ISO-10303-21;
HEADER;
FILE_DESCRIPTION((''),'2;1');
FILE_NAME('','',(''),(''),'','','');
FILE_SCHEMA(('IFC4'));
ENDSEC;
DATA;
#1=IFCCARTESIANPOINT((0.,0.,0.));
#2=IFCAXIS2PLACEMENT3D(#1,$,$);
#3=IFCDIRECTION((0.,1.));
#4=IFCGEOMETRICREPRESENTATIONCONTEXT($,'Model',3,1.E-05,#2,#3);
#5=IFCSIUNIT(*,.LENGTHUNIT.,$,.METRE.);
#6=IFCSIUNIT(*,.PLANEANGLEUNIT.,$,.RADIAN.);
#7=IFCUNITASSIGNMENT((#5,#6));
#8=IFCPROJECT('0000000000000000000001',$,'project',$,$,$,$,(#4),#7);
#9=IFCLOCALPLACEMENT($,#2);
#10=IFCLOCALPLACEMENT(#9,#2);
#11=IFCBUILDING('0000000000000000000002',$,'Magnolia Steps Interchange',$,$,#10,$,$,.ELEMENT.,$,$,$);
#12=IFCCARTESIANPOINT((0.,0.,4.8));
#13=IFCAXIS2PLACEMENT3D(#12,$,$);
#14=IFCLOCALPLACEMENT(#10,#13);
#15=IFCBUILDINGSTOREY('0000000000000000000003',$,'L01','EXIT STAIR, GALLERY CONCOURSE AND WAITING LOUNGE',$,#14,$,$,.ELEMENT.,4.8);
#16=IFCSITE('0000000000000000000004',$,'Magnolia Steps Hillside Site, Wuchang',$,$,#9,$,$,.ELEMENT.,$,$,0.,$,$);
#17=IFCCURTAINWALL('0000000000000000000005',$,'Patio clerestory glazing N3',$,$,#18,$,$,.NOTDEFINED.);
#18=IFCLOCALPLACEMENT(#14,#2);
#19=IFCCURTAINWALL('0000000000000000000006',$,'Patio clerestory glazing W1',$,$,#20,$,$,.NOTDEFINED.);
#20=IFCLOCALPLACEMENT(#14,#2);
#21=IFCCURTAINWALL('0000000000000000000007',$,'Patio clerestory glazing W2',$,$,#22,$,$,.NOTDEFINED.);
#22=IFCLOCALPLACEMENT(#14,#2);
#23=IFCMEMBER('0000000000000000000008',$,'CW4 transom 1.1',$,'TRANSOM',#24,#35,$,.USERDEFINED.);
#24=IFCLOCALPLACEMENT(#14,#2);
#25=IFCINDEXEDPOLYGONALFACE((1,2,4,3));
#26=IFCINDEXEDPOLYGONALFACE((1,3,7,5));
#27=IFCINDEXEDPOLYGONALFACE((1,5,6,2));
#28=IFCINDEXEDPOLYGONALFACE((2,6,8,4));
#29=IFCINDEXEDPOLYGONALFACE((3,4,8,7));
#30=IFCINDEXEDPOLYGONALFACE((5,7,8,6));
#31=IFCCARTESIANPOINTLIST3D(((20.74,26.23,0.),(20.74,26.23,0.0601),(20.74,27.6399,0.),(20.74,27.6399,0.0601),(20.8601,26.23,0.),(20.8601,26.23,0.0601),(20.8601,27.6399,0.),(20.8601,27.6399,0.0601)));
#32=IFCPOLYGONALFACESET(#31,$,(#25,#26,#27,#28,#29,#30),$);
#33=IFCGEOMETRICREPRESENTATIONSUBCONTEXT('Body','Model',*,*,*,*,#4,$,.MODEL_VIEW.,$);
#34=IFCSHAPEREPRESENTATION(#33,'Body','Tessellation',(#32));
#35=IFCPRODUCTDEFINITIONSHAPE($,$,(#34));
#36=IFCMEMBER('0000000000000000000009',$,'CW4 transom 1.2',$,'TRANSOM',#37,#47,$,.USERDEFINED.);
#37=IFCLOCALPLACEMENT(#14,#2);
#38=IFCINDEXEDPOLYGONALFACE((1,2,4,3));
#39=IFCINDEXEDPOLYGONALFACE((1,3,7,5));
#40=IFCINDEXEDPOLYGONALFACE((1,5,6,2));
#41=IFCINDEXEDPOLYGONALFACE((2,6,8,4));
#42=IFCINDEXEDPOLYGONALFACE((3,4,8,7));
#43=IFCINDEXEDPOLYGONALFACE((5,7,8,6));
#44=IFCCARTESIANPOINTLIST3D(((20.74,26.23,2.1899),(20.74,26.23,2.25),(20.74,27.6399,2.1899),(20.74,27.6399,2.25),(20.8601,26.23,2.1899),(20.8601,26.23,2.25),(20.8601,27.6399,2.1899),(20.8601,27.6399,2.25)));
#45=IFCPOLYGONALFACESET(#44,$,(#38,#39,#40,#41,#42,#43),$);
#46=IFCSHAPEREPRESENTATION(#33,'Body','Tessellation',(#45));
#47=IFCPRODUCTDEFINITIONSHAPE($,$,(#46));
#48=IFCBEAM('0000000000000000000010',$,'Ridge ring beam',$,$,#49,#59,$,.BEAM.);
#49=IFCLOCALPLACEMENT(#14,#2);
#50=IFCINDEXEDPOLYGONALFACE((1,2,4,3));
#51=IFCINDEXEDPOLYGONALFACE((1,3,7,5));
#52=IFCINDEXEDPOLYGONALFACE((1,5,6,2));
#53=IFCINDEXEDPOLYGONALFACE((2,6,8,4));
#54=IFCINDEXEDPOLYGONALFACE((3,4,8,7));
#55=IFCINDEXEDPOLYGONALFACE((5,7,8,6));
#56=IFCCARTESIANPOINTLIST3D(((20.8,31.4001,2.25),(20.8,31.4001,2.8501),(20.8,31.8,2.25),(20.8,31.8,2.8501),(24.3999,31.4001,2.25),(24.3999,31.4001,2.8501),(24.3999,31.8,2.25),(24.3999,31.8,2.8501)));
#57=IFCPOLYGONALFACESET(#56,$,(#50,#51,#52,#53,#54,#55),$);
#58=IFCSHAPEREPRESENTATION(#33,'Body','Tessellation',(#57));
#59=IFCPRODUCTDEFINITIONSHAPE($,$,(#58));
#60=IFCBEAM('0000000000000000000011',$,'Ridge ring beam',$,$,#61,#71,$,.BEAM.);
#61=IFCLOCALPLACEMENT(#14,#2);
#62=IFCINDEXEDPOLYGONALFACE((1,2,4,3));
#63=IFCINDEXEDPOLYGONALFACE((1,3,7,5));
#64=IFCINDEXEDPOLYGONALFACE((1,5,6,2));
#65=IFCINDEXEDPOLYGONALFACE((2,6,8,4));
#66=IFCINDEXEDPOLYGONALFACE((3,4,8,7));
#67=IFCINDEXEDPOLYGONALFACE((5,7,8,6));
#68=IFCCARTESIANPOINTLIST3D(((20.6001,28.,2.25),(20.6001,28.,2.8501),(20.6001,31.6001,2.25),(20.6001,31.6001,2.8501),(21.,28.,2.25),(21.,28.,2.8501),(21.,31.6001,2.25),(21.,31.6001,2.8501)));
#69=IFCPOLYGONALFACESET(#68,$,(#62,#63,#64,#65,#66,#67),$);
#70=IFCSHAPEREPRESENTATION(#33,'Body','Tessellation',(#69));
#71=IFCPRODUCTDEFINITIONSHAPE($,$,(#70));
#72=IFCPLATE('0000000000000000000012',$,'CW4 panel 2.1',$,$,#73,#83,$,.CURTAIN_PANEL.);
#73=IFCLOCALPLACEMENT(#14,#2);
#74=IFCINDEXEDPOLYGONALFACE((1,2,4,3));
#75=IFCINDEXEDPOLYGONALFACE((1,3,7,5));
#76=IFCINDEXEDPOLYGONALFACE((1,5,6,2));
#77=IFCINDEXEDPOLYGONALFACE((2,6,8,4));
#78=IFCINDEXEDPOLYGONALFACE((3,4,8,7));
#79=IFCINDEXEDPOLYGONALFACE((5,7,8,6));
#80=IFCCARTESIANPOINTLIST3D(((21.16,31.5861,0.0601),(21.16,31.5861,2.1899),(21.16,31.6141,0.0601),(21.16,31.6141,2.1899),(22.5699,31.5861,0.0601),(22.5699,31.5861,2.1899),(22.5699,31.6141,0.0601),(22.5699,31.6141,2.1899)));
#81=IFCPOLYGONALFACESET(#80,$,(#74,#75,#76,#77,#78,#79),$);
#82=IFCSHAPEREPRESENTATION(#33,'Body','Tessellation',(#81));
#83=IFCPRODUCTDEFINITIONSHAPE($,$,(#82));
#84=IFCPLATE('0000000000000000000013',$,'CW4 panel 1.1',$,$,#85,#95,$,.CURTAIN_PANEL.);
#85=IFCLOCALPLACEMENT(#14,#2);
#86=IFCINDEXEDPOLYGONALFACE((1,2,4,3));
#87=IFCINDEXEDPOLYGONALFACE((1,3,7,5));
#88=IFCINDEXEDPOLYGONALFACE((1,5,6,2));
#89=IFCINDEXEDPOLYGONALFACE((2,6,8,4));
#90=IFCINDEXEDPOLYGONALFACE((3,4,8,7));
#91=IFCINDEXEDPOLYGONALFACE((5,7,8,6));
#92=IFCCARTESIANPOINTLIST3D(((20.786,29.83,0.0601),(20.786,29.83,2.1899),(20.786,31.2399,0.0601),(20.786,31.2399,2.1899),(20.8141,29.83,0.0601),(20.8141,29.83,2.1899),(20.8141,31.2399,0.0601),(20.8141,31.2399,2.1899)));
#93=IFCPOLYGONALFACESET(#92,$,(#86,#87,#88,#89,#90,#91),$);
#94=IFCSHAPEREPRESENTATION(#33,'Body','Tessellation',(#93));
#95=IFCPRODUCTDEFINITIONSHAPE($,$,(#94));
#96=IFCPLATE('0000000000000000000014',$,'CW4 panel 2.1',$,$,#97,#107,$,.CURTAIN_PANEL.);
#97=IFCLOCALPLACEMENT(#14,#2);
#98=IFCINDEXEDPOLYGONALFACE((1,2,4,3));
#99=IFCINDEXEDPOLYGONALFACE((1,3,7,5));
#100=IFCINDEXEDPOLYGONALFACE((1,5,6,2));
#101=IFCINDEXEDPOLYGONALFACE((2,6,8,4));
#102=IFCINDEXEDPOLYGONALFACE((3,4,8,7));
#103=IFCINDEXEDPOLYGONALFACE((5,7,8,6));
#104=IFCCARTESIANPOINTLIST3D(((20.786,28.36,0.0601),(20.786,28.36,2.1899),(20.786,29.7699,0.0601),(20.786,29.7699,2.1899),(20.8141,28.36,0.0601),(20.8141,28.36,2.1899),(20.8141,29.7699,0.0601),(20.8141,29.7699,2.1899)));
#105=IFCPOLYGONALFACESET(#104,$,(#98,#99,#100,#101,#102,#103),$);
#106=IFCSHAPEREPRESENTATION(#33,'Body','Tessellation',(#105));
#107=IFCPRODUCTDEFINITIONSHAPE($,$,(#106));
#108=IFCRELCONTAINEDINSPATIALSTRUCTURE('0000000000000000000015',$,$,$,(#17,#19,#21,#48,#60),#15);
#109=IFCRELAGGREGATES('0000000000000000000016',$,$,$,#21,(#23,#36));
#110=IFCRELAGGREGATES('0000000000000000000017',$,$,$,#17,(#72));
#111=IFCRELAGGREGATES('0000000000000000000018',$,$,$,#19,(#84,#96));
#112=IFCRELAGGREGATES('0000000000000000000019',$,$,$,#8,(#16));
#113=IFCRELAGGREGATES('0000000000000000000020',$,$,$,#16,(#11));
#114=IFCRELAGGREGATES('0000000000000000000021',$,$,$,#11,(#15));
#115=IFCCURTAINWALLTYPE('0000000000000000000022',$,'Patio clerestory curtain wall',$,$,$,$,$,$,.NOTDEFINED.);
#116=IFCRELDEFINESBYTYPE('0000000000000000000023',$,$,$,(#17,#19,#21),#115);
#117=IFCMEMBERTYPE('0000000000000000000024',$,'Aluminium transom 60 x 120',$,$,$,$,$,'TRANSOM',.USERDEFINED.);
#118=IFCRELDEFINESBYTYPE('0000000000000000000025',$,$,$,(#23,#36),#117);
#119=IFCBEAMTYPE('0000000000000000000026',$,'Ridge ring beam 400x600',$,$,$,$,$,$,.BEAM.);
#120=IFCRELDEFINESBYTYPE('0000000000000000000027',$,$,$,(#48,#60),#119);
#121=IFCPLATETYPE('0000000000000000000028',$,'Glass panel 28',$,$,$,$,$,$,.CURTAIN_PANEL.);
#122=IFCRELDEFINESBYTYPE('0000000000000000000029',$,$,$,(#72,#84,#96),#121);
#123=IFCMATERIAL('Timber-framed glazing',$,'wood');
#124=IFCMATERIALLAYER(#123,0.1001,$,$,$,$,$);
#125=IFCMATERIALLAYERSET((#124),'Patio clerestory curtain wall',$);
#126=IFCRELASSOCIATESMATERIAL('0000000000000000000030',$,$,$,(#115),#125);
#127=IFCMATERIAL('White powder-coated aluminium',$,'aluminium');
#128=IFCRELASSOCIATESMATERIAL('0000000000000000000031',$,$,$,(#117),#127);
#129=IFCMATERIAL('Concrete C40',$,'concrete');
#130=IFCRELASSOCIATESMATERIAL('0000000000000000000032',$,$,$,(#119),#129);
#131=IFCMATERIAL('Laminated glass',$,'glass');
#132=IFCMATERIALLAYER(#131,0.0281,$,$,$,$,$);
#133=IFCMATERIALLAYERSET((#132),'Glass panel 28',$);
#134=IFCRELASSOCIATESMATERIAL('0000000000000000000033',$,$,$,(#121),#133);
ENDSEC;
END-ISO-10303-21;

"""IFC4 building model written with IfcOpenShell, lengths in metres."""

from ifc_helpers import new_model, si_unit, direction, frame, origin, origin_2d, place, context, subcontext, project, spatial, rectangle, extrude, material, layer, layer_set, material_profile, profile_set, type_object, element, aggregate, save


model = new_model("IFC4")

# Units and contexts
model_context = context("Model", 3, precision=1e-05, world=origin(), true_north=direction((0.0, 1.0)))
body_context = subcontext(model_context, "Body", "Model", "MODEL_VIEW")
ifc_project = project(units=[si_unit("LENGTHUNIT", "METRE"), si_unit("PLANEANGLEUNIT", "RADIAN")], contexts=[model_context])

# Site, building, storey
site_placement = place(None, origin())
site = spatial("IfcSite", under=ifc_project, at=site_placement, Name="Magnolia Steps Hillside Site, Wuchang", CompositionType="ELEMENT", RefElevation=0.0)
building_placement = place(site_placement, origin())
building = spatial("IfcBuilding", under=site, at=building_placement, Name="Magnolia Steps Interchange", CompositionType="ELEMENT")
storey_placement = place(building_placement, frame((0.0, 0.0, 4.8)))
storey = spatial("IfcBuildingStorey", under=building, at=storey_placement, Name="L01", Description="EXIT STAIR, GALLERY CONCOURSE AND WAITING LOUNGE", CompositionType="ELEMENT", Elevation=4.8)

# Curtain walls
ifc_material_1 = material(Name="Timber-framed glazing", Category="wood")
ifc_layer_1 = layer(ifc_material_1, 0.1001)
ifc_layer_set_1 = layer_set([ifc_layer_1], Name="Patio clerestory curtain wall")
curtain_wall_type = type_object("IfcCurtainWallType", Name="Patio clerestory curtain wall", PredefinedType="NOTDEFINED", material=ifc_layer_set_1)
curtain_wall_1_placement = place(storey_placement, origin())
curtain_wall_1 = element("IfcCurtainWall", 1, at=curtain_wall_1_placement, inside=storey, type_object=curtain_wall_type, Name="Patio clerestory glazing N3", PredefinedType="NOTDEFINED")
curtain_wall_2_placement = place(storey_placement, origin())
curtain_wall_2 = element("IfcCurtainWall", 2, at=curtain_wall_2_placement, inside=storey, type_object=curtain_wall_type, Name="Patio clerestory glazing W1", PredefinedType="NOTDEFINED")

# Curtain wall
curtain_wall_3_placement = place(storey_placement, origin())
curtain_wall_3 = element("IfcCurtainWall", 3, at=curtain_wall_3_placement, inside=storey, type_object=curtain_wall_type, Name="Patio clerestory glazing W2", PredefinedType="NOTDEFINED")
ifc_material_2 = material(Name="White powder-coated aluminium", Category="aluminium")
ifc_material_profile_1 = material_profile(ifc_material_2, rectangle(XDim=0.0601, YDim=0.1201, at=origin_2d()), Name="Aluminium transom 60 x 120")
ifc_profile_set_1 = profile_set([ifc_material_profile_1], Name="White powder-coated aluminium")
member_type_1 = type_object("IfcMemberType", Name="Aluminium transom 60 x 120", ElementType="TRANSOM", PredefinedType="USERDEFINED", material=ifc_profile_set_1)

# Members
member_1_placement = place(storey_placement, frame((20.8, 27.6399, 0.03), z_axis=(0.0, -1.0, 0.0), x_axis=(0.0, 0.0, 1.0)))
member_1 = element("IfcMember", 4, at=member_1_placement, type_object=member_type_1, Name="CW4 transom 1.1", ObjectType="TRANSOM", PredefinedType="USERDEFINED", context=body_context, shape_type="SweptSolid", body=[
    extrude(rectangle(XDim=0.0601, YDim=0.1201, at=origin_2d()), origin(), (0.0, 0.0, 1.0), 1.4099),
])
member_2_placement = place(storey_placement, frame((20.8, 27.6399, 2.22), z_axis=(0.0, -1.0, 0.0), x_axis=(0.0, 0.0, 1.0)))
member_2 = element("IfcMember", 5, at=member_2_placement, type_object=member_type_1, Name="CW4 transom 1.2", ObjectType="TRANSOM", PredefinedType="USERDEFINED", context=body_context, shape_type="SweptSolid", body=[
    extrude(rectangle(XDim=0.0601, YDim=0.1201, at=origin_2d()), origin(), (0.0, 0.0, 1.0), 1.4099),
])
aggregate(curtain_wall_3, [member_1, member_2])

# Beams
ifc_material_3 = material(Name="Concrete C40", Category="concrete")
ifc_material_profile_2 = material_profile(ifc_material_3, rectangle(XDim=0.3999, YDim=0.6001, at=origin_2d()), Name="RC400x600")
ifc_profile_set_2 = profile_set([ifc_material_profile_2], Name="Concrete C40")
beam_type = type_object("IfcBeamType", Name="Ridge ring beam 400x600", PredefinedType="BEAM", material=ifc_profile_set_2)
beam_1_placement = place(storey_placement, frame((20.8, 31.6001, 2.55), z_axis=(1.0, 0.0, 0.0), x_axis=(0.0, 1.0, 0.0)))
element("IfcBeam", 6, at=beam_1_placement, inside=storey, type_object=beam_type, Name="Ridge ring beam", PredefinedType="BEAM", context=body_context, shape_type="SweptSolid", body=[
    extrude(rectangle(XDim=0.3999, YDim=0.6001, at=origin_2d()), origin(), (0.0, 0.0, 1.0), 3.5999),
])
beam_2_placement = place(storey_placement, frame((20.8, 28.0, 2.55), z_axis=(0.0, 1.0, 0.0), x_axis=(-1.0, 0.0, 0.0)))
element("IfcBeam", 7, at=beam_2_placement, inside=storey, type_object=beam_type, Name="Ridge ring beam", PredefinedType="BEAM", context=body_context, shape_type="SweptSolid", body=[
    extrude(rectangle(XDim=0.3999, YDim=0.6001, at=origin_2d()), origin(), (0.0, 0.0, 1.0), 3.6001),
])

# Plates
ifc_material_4 = material(Name="Laminated glass", Category="glass")
ifc_layer_2 = layer(ifc_material_4, 0.0281)
ifc_layer_set_2 = layer_set([ifc_layer_2], Name="Glass panel 28")
plate_type = type_object("IfcPlateType", Name="Glass panel 28", PredefinedType="CURTAIN_PANEL", material=ifc_layer_set_2)
plate_1_placement = place(storey_placement, frame((21.865, 31.6001, 0.0601), z_axis=(0.0, 0.0, 1.0), x_axis=(-1.0, 0.0, 0.0)))
plate_1 = element("IfcPlate", 8, at=plate_1_placement, type_object=plate_type, Name="CW4 panel 2.1", PredefinedType="CURTAIN_PANEL", context=body_context, shape_type="SweptSolid", body=[
    extrude(rectangle(XDim=1.4099, YDim=0.0281, at=origin_2d()), origin(), (0.0, 0.0, 1.0), 2.1299),
])
aggregate(curtain_wall_1, [plate_1])
plate_2_placement = place(storey_placement, frame((20.8, 30.5349, 0.0601), z_axis=(0.0, 0.0, 1.0), x_axis=(0.0, -1.0, 0.0)))
plate_2 = element("IfcPlate", 9, at=plate_2_placement, type_object=plate_type, Name="CW4 panel 1.1", PredefinedType="CURTAIN_PANEL", context=body_context, shape_type="SweptSolid", body=[
    extrude(rectangle(XDim=1.4099, YDim=0.0281, at=origin_2d()), origin(), (0.0, 0.0, 1.0), 2.1299),
])
plate_3_placement = place(storey_placement, frame((20.8, 29.0649, 0.0601), z_axis=(0.0, 0.0, 1.0), x_axis=(0.0, -1.0, 0.0)))
plate_3 = element("IfcPlate", 10, at=plate_3_placement, type_object=plate_type, Name="CW4 panel 2.1", PredefinedType="CURTAIN_PANEL", context=body_context, shape_type="SweptSolid", body=[
    extrude(rectangle(XDim=1.4099, YDim=0.0281, at=origin_2d()), origin(), (0.0, 0.0, 1.0), 2.1299),
])
aggregate(curtain_wall_2, [plate_2, plate_3])

save(model, "model.ifc")
